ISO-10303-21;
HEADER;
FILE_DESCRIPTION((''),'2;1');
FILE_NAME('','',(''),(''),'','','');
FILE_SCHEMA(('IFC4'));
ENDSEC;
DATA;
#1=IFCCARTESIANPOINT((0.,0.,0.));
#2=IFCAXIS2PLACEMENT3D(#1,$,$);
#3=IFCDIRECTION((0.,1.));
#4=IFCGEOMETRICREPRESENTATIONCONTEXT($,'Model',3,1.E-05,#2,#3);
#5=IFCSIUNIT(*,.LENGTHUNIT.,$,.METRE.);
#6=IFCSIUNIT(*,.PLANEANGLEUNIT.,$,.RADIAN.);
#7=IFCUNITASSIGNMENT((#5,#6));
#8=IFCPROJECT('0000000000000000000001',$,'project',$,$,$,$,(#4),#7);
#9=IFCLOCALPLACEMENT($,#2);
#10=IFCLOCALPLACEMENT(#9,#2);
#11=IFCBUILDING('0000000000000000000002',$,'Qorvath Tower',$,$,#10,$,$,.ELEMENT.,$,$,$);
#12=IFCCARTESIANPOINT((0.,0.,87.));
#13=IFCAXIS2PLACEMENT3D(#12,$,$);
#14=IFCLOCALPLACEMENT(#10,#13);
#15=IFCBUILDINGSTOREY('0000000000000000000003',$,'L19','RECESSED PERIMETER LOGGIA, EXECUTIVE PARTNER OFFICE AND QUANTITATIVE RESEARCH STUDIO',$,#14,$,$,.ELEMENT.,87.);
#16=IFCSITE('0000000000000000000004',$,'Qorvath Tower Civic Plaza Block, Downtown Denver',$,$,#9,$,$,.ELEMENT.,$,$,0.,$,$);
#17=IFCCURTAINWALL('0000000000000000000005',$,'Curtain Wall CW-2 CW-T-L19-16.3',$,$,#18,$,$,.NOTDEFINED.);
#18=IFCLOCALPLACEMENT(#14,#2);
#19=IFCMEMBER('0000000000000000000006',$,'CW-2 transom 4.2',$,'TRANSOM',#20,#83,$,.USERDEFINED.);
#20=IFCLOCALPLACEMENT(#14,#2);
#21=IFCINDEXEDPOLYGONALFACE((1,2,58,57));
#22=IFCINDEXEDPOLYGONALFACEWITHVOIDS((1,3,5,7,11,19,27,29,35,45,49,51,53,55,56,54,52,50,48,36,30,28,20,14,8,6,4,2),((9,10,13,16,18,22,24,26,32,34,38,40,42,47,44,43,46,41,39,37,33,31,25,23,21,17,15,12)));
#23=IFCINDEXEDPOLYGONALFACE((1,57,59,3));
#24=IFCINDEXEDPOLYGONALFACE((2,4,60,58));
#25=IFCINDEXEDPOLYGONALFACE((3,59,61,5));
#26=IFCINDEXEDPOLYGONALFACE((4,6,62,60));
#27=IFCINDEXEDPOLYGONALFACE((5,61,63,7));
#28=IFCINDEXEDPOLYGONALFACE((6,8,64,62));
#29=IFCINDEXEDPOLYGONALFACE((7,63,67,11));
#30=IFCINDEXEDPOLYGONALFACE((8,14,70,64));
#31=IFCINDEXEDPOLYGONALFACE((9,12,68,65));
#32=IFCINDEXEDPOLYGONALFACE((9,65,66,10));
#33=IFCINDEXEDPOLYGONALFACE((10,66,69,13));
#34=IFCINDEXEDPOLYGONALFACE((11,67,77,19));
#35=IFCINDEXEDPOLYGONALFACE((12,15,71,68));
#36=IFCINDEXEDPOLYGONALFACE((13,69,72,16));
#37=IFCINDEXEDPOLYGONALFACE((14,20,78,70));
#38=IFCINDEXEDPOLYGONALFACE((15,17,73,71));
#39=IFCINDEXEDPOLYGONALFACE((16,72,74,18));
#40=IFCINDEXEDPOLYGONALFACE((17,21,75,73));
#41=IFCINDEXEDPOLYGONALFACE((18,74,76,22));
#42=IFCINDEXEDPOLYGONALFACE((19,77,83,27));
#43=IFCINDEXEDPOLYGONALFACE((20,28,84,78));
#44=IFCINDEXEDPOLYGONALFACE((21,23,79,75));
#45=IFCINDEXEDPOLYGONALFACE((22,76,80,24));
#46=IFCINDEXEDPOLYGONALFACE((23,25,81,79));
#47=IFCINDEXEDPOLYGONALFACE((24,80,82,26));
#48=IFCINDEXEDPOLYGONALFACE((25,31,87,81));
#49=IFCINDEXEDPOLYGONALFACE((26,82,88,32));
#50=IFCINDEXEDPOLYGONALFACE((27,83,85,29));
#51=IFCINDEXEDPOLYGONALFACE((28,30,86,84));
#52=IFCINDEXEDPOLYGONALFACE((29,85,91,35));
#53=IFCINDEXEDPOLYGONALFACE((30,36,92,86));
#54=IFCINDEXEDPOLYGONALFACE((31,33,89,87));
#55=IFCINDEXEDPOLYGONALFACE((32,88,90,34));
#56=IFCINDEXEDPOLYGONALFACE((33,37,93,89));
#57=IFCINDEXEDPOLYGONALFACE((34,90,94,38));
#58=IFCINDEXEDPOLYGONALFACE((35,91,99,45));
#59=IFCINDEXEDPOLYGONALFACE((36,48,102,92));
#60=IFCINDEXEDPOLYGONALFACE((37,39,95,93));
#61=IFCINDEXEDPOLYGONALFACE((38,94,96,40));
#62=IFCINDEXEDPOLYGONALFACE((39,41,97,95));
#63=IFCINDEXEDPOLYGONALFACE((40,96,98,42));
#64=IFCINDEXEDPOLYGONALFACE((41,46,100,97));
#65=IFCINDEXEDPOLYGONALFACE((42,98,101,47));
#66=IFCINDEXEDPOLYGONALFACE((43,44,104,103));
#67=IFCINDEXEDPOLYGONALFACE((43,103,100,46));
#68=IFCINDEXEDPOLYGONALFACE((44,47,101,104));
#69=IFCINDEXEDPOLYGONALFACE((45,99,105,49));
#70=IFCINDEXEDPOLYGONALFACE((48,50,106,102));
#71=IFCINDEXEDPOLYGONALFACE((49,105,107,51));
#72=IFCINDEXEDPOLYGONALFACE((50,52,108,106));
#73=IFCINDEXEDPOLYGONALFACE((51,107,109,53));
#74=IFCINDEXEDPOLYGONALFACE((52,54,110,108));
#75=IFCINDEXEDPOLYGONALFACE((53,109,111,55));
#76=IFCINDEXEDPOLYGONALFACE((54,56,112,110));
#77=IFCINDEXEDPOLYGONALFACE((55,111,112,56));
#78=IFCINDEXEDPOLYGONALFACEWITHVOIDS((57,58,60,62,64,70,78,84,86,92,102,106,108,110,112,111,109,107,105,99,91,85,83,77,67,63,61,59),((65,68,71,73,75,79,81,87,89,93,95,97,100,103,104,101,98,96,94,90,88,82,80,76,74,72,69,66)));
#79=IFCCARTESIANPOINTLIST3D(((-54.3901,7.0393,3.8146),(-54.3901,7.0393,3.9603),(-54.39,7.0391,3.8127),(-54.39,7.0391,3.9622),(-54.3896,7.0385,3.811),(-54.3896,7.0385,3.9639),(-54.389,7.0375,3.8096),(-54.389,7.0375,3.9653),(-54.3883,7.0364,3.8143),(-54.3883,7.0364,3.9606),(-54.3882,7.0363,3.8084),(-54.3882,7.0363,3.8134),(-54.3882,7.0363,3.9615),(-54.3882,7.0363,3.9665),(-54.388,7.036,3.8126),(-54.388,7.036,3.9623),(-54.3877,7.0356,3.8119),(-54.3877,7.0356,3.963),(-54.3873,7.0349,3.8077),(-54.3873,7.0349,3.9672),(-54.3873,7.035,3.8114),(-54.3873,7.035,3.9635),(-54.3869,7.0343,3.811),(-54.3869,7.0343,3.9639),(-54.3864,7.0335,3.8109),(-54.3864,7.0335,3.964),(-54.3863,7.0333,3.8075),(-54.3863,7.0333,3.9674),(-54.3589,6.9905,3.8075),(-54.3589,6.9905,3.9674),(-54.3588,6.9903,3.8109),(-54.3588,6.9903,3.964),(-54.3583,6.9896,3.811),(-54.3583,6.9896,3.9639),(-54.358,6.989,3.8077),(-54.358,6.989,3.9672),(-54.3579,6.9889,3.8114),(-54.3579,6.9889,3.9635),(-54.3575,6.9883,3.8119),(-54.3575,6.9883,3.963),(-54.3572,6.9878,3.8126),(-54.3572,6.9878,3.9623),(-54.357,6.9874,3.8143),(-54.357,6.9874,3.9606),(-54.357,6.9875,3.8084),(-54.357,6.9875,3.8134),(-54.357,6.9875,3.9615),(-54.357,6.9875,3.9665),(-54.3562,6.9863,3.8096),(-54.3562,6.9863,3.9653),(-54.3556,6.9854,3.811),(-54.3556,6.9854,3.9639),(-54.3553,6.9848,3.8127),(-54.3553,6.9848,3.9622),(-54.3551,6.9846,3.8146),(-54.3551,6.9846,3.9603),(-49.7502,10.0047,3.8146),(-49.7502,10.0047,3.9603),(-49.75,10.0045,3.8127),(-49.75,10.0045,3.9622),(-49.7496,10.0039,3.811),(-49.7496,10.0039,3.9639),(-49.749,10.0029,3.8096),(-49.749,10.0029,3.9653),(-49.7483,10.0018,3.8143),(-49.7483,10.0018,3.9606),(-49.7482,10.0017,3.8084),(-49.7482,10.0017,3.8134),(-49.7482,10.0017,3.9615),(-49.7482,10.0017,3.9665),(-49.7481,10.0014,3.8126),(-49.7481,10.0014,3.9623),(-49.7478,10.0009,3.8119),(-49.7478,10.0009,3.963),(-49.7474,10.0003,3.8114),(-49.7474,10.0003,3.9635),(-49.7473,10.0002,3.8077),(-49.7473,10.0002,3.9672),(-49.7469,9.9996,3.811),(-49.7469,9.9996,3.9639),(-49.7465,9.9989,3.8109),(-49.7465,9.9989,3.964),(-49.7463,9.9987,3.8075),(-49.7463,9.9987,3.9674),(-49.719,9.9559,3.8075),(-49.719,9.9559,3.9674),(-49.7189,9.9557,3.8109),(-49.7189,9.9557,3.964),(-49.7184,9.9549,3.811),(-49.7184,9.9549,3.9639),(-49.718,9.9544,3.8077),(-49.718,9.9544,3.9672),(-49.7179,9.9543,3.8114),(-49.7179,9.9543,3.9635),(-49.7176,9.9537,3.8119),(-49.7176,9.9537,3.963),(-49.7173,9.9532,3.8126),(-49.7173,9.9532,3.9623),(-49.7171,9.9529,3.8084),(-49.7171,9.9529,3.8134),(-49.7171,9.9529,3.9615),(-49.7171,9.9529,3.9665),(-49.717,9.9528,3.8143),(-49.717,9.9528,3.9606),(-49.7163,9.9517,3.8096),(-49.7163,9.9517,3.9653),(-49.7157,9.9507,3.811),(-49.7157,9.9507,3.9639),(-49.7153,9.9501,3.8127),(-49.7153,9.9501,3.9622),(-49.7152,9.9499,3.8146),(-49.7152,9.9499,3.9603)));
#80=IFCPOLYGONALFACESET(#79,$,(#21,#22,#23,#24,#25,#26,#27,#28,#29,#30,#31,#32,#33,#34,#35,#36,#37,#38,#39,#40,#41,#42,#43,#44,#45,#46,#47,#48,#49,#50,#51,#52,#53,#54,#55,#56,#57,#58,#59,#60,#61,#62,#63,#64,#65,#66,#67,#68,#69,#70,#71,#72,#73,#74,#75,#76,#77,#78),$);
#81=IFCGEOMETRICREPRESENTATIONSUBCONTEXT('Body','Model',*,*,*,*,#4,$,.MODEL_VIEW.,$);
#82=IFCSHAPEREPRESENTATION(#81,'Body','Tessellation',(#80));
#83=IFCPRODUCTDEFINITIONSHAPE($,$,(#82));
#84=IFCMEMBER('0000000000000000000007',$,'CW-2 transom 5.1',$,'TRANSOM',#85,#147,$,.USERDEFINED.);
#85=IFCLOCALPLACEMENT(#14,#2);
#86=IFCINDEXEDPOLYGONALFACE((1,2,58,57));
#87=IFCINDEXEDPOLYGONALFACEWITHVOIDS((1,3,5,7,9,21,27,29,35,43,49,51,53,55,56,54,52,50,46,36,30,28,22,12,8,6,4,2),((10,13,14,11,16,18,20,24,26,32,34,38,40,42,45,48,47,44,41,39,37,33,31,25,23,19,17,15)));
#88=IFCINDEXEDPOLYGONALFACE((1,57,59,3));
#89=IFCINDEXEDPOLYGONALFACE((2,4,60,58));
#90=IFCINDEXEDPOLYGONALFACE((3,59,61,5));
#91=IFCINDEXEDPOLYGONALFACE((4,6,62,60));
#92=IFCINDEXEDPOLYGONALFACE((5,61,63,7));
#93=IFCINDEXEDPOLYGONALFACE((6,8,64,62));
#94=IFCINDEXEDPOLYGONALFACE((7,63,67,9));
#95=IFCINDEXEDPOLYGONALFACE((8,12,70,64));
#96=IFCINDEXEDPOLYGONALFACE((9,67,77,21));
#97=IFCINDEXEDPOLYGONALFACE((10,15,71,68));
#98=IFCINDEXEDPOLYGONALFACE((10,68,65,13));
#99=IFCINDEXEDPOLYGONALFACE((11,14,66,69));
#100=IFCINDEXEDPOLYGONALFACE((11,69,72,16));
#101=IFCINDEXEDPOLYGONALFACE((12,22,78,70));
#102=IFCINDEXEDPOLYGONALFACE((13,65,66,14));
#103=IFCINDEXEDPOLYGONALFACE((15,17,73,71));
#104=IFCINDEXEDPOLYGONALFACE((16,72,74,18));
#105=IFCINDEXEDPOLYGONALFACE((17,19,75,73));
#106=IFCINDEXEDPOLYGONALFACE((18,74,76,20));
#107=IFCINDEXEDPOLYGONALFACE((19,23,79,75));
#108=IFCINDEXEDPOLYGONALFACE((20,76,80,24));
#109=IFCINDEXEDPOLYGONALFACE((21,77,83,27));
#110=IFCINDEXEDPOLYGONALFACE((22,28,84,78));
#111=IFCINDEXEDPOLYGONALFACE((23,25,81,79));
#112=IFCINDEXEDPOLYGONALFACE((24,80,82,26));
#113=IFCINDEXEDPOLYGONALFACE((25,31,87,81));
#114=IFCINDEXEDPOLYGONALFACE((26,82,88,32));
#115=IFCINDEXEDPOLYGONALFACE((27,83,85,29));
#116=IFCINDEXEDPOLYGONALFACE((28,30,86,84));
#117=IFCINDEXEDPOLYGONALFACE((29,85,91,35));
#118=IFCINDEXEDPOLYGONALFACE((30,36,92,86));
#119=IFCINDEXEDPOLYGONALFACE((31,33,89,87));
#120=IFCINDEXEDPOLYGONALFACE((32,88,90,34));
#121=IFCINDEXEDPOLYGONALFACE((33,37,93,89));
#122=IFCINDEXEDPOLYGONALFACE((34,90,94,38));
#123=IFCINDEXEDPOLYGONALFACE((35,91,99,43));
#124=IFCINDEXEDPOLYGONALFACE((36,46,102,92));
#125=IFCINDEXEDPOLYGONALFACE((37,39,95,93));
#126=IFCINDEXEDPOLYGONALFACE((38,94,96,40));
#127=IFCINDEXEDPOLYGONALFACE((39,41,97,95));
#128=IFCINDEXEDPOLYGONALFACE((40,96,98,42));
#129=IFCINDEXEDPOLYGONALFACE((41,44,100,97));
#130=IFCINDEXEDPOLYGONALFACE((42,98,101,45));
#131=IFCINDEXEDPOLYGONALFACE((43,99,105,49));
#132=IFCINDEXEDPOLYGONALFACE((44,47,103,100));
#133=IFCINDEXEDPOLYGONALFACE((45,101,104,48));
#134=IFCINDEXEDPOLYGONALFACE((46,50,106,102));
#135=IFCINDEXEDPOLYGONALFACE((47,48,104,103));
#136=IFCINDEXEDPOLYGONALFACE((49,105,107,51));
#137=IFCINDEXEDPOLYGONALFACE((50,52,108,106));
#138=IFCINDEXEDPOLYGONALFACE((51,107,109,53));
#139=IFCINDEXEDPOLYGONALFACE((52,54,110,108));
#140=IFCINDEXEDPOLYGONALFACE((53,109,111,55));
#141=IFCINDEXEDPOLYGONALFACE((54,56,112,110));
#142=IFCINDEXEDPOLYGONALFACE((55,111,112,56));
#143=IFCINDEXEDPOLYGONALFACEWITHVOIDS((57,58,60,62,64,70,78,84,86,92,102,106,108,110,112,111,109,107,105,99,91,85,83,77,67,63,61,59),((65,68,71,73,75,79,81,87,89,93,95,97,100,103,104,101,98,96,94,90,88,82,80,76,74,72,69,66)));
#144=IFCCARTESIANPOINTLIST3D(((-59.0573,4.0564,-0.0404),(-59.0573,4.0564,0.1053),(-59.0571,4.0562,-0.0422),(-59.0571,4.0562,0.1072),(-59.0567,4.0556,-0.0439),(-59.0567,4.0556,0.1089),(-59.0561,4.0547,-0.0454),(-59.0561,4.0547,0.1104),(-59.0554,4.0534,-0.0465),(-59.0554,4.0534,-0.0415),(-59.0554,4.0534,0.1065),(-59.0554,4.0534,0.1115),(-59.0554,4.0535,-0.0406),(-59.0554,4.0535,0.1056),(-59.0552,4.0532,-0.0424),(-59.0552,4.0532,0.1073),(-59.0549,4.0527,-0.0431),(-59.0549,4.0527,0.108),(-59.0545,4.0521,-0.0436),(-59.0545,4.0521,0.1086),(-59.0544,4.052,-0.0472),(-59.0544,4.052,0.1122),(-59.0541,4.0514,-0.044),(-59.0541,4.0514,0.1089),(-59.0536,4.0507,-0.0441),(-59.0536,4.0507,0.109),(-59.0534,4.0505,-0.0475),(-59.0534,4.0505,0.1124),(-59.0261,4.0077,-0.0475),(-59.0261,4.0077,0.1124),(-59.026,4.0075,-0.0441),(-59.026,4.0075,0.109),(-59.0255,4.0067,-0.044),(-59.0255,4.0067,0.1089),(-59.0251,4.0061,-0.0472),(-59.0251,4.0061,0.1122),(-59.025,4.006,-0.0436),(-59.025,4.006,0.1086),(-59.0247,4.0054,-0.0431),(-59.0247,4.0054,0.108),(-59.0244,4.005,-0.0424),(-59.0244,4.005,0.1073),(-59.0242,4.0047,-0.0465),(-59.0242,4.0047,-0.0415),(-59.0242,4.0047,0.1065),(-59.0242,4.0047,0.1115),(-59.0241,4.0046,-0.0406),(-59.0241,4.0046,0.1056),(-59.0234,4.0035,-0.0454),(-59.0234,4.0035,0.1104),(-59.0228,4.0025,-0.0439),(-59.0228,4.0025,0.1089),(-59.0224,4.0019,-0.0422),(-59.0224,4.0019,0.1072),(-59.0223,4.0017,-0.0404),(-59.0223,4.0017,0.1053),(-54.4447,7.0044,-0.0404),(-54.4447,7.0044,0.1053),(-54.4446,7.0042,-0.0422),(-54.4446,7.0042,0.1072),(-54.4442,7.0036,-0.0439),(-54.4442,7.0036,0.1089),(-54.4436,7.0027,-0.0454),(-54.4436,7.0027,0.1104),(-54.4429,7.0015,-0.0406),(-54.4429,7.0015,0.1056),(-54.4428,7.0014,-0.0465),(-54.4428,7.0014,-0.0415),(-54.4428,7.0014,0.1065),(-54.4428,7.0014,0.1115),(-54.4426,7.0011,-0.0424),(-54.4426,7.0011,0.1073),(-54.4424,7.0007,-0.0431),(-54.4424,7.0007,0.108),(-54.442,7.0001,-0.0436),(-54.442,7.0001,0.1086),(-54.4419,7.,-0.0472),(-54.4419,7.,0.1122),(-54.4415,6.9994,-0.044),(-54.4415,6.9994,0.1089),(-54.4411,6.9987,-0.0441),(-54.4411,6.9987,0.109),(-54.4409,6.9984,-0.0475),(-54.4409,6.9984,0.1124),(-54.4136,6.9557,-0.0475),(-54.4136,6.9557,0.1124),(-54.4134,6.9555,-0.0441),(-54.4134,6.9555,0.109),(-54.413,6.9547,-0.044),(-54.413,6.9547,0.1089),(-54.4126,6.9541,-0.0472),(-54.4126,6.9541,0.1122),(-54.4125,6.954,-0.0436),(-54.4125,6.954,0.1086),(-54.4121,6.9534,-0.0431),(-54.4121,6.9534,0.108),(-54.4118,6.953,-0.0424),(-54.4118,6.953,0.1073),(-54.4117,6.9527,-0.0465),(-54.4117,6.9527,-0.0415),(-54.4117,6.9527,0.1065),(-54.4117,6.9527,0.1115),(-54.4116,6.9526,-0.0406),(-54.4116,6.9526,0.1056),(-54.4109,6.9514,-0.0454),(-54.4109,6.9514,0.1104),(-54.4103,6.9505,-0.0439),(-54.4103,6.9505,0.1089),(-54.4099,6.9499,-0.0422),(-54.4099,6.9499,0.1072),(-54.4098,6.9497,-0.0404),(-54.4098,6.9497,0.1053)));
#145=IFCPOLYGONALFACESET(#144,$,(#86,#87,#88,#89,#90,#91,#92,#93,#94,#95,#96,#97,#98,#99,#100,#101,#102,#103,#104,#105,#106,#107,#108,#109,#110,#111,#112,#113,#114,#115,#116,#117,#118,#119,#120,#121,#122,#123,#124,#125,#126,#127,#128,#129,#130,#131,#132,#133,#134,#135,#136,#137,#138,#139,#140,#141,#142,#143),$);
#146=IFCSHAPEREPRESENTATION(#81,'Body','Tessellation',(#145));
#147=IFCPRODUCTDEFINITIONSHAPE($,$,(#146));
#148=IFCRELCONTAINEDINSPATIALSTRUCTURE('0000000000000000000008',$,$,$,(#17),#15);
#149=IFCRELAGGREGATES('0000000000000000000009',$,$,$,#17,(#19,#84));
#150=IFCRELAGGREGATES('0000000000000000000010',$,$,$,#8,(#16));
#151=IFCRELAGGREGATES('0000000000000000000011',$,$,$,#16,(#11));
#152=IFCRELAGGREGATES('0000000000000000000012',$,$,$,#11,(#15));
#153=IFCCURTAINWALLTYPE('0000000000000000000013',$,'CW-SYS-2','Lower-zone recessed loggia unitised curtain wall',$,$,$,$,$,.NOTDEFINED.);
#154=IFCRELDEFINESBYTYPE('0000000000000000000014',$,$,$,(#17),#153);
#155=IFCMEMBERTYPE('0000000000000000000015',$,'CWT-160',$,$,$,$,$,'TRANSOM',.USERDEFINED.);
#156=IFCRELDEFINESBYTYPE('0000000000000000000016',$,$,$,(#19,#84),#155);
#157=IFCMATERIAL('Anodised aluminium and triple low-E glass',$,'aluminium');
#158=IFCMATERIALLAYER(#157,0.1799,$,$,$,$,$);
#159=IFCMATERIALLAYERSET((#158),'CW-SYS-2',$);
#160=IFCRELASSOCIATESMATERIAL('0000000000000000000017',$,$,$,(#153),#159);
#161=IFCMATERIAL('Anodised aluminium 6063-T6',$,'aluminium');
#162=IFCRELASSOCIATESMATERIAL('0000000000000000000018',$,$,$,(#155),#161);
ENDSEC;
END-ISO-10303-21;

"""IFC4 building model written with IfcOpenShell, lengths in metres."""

from ifc_helpers import new_model, si_unit, direction, frame, origin, origin_2d, place, context, subcontext, project, spatial, hollow_rectangle, extrude, material, layer, layer_set, material_profile, profile_set, type_object, element, aggregate, save


model = new_model("IFC4")

# Units and contexts
model_context = context("Model", 3, precision=1e-05, world=origin(), true_north=direction((0.0, 1.0)))
body_context = subcontext(model_context, "Body", "Model", "MODEL_VIEW")
ifc_project = project(units=[si_unit("LENGTHUNIT", "METRE"), si_unit("PLANEANGLEUNIT", "RADIAN")], contexts=[model_context])

# Site, building, storey
site_placement = place(None, origin())
site = spatial("IfcSite", under=ifc_project, at=site_placement, Name="Qorvath Tower Civic Plaza Block, Downtown Denver", CompositionType="ELEMENT", RefElevation=0.0)
building_placement = place(site_placement, origin())
building = spatial("IfcBuilding", under=site, at=building_placement, Name="Qorvath Tower", CompositionType="ELEMENT")
storey_placement = place(building_placement, frame((0.0, 0.0, 87.0)))
storey = spatial("IfcBuildingStorey", under=building, at=storey_placement, Name="L19", Description="RECESSED PERIMETER LOGGIA, EXECUTIVE PARTNER OFFICE AND QUANTITATIVE RESEARCH STUDIO", CompositionType="ELEMENT", Elevation=87.0)

# Curtain wall, members
ifc_material_1 = material(Name="Anodised aluminium and triple low-E glass", Category="aluminium")
ifc_layer_1 = layer(ifc_material_1, 0.1799)
ifc_layer_set_1 = layer_set([ifc_layer_1], Name="CW-SYS-2")
curtain_wall_type = type_object("IfcCurtainWallType", Name="CW-SYS-2", Description="Lower-zone recessed loggia unitised curtain wall", PredefinedType="NOTDEFINED", material=ifc_layer_set_1)
curtain_wall_placement = place(storey_placement, origin())
curtain_wall = element("IfcCurtainWall", 1, at=curtain_wall_placement, inside=storey, type_object=curtain_wall_type, Name="Curtain Wall CW-2 CW-T-L19-16.3", PredefinedType="NOTDEFINED")
ifc_material_2 = material(Name="Anodised aluminium 6063-T6", Category="aluminium")
ifc_material_profile_1 = material_profile(ifc_material_2, hollow_rectangle(XDim=0.0649, YDim=0.1599, WallThickness=0.0034, InnerFilletRadius=0.0034, OuterFilletRadius=0.0071, at=origin_2d()), Name="CWT 160x65")
ifc_profile_set_1 = profile_set([ifc_material_profile_1], Name="Anodised aluminium 6063-T6")
member_type_1 = type_object("IfcMemberType", Name="CWT-160", ElementType="TRANSOM", PredefinedType="USERDEFINED", material=ifc_profile_set_1)
member_1_placement = place(storey_placement, frame((-49.7327, 9.9773, 3.8875), z_axis=(-0.842617, -0.538513, 0.0), x_axis=(0.538513, -0.842617, 0.0)))
member_1 = element("IfcMember", 2, at=member_1_placement, type_object=member_type_1, Name="CW-2 transom 4.2", ObjectType="TRANSOM", PredefinedType="USERDEFINED", context=body_context, shape_type="SweptSolid", body=[
    extrude(hollow_rectangle(XDim=0.0649, YDim=0.1599, WallThickness=0.0034, InnerFilletRadius=0.0034, OuterFilletRadius=0.0071, at=origin_2d()), origin(), (0.0, 0.0, 1.0), 5.5066),
])
member_2_placement = place(storey_placement, frame((-54.4272, 6.9771, 0.0325), z_axis=(-0.842606, -0.538531, 0.0), x_axis=(0.538531, -0.842606, 0.0)))
member_2 = element("IfcMember", 3, at=member_2_placement, type_object=member_type_1, Name="CW-2 transom 5.1", ObjectType="TRANSOM", PredefinedType="USERDEFINED", context=body_context, shape_type="SweptSolid", body=[
    extrude(hollow_rectangle(XDim=0.0649, YDim=0.1599, WallThickness=0.0034, InnerFilletRadius=0.0034, OuterFilletRadius=0.0071, at=origin_2d()), origin(), (0.0, 0.0, 1.0), 5.4741),
])
aggregate(curtain_wall, [member_1, member_2])

save(model, "model.ifc")
